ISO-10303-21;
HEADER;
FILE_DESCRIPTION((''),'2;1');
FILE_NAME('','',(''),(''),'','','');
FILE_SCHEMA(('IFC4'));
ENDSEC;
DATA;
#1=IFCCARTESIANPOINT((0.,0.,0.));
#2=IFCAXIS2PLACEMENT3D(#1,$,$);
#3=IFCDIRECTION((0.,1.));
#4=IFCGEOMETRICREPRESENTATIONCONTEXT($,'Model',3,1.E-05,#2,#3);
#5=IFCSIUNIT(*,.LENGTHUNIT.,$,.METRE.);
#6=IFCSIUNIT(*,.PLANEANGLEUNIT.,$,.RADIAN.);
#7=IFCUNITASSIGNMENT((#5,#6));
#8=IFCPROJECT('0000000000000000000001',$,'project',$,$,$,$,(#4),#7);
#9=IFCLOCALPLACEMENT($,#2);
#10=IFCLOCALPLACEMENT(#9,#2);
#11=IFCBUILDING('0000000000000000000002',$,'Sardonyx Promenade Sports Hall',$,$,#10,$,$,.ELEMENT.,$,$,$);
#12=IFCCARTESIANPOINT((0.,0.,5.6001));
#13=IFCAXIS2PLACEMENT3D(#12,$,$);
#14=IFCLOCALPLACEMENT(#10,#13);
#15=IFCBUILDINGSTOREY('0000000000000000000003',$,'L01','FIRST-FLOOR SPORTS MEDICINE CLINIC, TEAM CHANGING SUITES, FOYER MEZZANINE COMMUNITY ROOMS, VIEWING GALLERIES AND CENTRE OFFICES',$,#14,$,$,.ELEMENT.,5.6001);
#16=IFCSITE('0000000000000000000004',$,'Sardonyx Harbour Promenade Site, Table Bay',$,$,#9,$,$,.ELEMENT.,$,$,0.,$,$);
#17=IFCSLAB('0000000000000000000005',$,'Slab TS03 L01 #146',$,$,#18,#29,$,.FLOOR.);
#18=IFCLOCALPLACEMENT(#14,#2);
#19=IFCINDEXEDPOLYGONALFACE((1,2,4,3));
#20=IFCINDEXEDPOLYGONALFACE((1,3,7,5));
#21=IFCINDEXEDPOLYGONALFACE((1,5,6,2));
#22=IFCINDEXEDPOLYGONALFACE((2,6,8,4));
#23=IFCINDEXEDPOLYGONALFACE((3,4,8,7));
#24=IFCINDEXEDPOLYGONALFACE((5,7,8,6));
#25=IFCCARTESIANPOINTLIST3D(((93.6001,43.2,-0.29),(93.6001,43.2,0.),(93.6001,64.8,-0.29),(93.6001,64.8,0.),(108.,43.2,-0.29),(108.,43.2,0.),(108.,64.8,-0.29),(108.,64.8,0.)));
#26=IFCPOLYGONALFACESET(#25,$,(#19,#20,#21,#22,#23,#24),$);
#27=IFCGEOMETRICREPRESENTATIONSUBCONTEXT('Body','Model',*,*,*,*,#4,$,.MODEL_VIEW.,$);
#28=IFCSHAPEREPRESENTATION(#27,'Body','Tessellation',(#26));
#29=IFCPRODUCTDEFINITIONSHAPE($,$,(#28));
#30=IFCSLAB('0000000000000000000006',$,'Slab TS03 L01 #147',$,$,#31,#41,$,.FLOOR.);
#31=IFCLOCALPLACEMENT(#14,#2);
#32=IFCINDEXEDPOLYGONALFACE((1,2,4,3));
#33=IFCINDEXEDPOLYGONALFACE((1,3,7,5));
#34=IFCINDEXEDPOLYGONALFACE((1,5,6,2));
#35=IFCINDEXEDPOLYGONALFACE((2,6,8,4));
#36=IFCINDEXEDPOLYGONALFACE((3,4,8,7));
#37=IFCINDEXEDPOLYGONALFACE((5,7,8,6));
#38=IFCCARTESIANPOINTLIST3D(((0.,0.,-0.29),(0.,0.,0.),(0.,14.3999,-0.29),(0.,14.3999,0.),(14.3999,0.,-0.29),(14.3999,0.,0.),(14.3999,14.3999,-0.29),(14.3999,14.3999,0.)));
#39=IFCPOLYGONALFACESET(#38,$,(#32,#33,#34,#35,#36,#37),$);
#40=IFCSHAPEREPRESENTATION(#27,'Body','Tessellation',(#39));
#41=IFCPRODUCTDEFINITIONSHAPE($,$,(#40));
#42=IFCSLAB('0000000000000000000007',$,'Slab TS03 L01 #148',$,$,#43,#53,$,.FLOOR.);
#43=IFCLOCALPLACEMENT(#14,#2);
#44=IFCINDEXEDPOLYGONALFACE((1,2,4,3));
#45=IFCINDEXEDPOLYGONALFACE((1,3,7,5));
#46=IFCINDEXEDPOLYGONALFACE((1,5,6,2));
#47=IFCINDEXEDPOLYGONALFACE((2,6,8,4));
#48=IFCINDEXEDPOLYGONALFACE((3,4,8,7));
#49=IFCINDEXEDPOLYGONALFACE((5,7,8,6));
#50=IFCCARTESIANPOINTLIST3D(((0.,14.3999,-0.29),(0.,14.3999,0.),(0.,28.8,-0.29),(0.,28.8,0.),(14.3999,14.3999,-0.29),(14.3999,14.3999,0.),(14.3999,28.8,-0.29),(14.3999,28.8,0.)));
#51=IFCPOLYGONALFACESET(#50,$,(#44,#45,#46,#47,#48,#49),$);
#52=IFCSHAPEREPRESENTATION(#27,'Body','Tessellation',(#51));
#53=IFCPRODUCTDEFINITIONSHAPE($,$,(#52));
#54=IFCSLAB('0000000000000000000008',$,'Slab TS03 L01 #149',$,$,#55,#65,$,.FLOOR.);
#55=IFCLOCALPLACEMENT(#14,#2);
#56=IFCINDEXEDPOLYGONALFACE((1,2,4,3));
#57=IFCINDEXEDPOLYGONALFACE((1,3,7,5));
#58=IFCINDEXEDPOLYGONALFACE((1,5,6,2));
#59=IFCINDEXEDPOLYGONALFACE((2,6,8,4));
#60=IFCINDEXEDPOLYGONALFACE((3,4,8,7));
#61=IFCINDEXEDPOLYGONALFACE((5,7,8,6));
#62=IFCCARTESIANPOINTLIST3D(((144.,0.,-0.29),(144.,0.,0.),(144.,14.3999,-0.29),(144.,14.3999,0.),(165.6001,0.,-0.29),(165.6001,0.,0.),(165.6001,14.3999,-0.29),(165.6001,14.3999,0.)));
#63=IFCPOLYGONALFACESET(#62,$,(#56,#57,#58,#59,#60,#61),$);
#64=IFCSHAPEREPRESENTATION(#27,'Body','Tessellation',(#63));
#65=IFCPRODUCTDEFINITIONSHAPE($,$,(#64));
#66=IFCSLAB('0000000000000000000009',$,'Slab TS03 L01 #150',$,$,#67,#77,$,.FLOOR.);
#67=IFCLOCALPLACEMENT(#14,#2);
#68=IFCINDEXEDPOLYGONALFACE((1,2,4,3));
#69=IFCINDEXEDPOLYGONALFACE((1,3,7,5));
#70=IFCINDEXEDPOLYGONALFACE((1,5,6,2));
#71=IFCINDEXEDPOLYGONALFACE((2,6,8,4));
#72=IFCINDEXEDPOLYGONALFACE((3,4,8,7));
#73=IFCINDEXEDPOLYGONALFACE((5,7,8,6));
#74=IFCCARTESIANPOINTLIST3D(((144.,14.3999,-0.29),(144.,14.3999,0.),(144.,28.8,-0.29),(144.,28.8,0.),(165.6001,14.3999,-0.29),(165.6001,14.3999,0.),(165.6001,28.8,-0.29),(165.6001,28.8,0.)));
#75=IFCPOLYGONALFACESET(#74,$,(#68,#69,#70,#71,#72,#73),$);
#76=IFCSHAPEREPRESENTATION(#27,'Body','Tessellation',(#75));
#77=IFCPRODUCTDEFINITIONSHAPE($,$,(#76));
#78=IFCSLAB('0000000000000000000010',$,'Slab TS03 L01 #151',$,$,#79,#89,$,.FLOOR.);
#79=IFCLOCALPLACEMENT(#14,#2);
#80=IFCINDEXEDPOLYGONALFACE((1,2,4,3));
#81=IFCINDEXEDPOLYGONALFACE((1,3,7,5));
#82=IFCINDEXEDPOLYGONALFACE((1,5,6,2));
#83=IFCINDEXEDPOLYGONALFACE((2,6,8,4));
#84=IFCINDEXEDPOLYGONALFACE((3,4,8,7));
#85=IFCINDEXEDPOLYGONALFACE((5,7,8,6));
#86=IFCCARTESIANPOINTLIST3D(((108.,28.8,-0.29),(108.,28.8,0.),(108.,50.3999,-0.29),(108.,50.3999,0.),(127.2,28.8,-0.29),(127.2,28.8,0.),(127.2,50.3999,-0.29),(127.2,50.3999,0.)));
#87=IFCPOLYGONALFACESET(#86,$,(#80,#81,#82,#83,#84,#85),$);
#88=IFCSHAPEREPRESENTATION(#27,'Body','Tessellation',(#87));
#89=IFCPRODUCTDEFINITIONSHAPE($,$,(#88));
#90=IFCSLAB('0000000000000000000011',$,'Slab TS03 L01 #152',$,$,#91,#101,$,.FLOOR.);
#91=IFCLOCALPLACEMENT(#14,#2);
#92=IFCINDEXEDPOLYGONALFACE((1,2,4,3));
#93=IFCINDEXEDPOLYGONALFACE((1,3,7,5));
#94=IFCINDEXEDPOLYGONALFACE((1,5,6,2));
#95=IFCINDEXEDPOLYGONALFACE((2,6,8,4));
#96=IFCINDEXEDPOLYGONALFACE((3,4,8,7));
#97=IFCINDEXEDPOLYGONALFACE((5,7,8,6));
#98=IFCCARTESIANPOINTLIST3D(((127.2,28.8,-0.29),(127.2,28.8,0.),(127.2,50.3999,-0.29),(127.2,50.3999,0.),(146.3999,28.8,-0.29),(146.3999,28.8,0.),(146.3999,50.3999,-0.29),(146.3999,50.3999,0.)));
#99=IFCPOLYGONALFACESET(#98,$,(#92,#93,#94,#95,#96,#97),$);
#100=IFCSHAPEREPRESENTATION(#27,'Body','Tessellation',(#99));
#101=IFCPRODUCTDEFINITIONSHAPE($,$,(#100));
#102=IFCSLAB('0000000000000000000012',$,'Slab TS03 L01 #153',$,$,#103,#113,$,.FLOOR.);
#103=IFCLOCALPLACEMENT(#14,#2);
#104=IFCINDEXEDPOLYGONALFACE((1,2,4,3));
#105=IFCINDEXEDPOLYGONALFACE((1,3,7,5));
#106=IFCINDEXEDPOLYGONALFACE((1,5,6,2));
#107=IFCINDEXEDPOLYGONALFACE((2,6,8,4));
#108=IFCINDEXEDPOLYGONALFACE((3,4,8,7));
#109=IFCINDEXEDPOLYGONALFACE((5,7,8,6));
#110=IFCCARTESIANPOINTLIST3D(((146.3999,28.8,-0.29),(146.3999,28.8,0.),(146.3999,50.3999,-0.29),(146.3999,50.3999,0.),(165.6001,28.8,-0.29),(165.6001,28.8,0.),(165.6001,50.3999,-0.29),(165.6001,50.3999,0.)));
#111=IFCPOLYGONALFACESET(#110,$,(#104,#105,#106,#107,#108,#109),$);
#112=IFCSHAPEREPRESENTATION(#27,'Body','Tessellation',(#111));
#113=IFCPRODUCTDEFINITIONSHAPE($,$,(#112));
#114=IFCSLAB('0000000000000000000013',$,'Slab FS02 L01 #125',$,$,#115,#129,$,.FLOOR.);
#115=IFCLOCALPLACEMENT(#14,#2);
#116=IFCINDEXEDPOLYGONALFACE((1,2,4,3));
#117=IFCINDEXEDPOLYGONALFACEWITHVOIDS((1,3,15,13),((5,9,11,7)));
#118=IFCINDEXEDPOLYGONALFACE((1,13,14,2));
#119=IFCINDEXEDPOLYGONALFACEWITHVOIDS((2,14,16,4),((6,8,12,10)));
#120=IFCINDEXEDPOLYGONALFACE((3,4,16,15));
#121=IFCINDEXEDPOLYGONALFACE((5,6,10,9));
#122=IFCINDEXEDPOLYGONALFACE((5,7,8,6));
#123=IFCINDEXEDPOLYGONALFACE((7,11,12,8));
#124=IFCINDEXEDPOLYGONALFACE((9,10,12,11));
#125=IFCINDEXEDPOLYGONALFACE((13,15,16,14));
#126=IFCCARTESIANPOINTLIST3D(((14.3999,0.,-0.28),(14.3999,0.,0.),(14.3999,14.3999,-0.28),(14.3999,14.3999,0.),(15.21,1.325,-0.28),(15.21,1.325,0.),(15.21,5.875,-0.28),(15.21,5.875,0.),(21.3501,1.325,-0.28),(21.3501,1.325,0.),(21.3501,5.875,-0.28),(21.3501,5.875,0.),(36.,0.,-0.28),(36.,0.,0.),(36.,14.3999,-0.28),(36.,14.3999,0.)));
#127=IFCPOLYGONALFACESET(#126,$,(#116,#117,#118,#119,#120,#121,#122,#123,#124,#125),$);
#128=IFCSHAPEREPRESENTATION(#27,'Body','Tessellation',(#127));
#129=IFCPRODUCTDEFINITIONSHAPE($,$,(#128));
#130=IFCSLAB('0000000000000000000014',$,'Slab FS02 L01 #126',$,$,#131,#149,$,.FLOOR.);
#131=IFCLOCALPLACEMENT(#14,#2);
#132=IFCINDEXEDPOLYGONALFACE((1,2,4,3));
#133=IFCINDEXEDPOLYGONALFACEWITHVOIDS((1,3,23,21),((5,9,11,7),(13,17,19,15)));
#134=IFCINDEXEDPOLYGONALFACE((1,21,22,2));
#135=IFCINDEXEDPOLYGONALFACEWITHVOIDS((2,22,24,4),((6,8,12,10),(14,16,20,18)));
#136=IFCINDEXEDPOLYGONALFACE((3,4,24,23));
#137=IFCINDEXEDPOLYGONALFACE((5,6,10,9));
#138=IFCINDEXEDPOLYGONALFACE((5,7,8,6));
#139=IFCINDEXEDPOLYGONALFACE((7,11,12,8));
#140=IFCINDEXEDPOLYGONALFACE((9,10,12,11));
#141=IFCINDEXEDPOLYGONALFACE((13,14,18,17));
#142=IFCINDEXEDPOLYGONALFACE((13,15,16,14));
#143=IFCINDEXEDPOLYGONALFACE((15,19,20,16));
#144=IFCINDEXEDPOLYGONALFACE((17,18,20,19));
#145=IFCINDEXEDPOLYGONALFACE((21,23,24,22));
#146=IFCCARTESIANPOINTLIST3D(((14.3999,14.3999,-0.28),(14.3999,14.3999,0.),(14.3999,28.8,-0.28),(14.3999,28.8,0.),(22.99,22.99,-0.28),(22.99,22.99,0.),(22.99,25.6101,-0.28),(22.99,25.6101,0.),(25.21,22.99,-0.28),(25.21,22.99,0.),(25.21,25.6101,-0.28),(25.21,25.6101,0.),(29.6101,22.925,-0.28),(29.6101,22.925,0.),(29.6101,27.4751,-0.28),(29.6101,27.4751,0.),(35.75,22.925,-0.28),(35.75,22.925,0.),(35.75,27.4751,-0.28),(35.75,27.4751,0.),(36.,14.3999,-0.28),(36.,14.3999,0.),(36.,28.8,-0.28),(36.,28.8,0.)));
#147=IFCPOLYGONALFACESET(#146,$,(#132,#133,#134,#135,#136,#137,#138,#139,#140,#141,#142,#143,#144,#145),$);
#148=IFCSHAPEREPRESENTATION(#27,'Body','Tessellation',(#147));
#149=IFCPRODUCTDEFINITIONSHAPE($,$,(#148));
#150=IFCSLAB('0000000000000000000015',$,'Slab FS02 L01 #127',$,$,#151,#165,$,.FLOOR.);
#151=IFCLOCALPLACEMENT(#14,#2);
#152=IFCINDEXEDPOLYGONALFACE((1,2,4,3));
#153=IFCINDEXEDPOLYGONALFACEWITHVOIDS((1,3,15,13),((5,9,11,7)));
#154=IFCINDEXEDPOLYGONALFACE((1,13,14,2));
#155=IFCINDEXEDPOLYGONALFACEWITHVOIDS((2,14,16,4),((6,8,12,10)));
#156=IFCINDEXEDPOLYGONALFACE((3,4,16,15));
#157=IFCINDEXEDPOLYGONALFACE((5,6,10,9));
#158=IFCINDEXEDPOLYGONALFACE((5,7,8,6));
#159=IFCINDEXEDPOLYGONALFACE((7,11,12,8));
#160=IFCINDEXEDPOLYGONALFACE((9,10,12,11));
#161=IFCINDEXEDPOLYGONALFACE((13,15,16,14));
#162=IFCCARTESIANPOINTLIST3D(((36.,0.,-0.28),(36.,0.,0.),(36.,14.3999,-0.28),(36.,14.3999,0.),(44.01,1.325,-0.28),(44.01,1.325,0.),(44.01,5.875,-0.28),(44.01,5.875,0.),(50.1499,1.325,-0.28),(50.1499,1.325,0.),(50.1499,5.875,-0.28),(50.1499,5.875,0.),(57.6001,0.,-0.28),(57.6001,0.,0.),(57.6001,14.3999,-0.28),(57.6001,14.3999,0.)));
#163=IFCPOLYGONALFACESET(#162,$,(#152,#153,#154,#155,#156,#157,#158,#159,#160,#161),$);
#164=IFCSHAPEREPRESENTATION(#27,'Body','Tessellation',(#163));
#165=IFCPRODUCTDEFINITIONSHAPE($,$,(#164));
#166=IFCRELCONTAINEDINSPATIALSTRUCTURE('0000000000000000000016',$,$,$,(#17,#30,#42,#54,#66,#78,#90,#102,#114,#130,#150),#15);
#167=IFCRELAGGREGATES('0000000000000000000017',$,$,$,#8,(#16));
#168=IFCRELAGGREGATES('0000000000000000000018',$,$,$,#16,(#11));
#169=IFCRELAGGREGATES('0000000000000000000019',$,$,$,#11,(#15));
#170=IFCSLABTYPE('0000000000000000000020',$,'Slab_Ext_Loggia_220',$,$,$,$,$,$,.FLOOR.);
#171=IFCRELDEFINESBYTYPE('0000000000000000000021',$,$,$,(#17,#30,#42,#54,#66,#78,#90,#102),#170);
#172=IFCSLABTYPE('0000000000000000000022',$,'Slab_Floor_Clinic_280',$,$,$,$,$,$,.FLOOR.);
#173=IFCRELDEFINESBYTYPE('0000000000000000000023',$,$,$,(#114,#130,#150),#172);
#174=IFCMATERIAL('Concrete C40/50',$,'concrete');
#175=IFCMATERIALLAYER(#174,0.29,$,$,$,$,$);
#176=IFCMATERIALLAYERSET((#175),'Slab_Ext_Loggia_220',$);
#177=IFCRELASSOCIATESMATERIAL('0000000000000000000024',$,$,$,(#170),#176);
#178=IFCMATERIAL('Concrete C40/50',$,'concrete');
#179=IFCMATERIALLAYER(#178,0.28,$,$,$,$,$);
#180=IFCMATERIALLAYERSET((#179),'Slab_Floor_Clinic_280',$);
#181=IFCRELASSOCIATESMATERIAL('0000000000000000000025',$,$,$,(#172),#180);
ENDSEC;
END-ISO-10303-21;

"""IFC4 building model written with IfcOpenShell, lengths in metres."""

from ifc_helpers import new_model, si_unit, direction, frame, origin, place, context, subcontext, project, spatial, polyline, outline, extrude, material, layer, layer_set, type_object, element, save


model = new_model("IFC4")

# Units and contexts
model_context = context("Model", 3, precision=1e-05, world=origin(), true_north=direction((0.0, 1.0)))
body_context = subcontext(model_context, "Body", "Model", "MODEL_VIEW")
ifc_project = project(units=[si_unit("LENGTHUNIT", "METRE"), si_unit("PLANEANGLEUNIT", "RADIAN")], contexts=[model_context])

# Site, building, storey
site_placement = place(None, origin())
site = spatial("IfcSite", under=ifc_project, at=site_placement, Name="Sardonyx Harbour Promenade Site, Table Bay", CompositionType="ELEMENT", RefElevation=0.0)
building_placement = place(site_placement, origin())
building = spatial("IfcBuilding", under=site, at=building_placement, Name="Sardonyx Promenade Sports Hall", CompositionType="ELEMENT")
storey_placement = place(building_placement, frame((0.0, 0.0, 5.6001)))
storey = spatial("IfcBuildingStorey", under=building, at=storey_placement, Name="L01", Description="FIRST-FLOOR SPORTS MEDICINE CLINIC, TEAM CHANGING SUITES, FOYER MEZZANINE COMMUNITY ROOMS, VIEWING GALLERIES AND CENTRE OFFICES", CompositionType="ELEMENT", Elevation=5.6001)

# Slabs
ifc_material_1 = material(Name="Concrete C40/50", Category="concrete")
ifc_layer_1 = layer(ifc_material_1, 0.29)
ifc_layer_set_1 = layer_set([ifc_layer_1], Name="Slab_Ext_Loggia_220")
slab_type_1 = type_object("IfcSlabType", Name="Slab_Ext_Loggia_220", PredefinedType="FLOOR", material=ifc_layer_set_1)
slab_1_placement = place(storey_placement, frame((0.0, 0.0, -0.29)))
element("IfcSlab", 1, at=slab_1_placement, inside=storey, type_object=slab_type_1, Name="Slab TS03 L01 #146", PredefinedType="FLOOR", context=body_context, shape_type="SweptSolid", body=[
    extrude(outline(polyline([(93.6001, 43.2), (108.0, 43.2), (108.0, 64.8), (93.6001, 64.8), (93.6001, 43.2)])), origin(), (0.0, 0.0, 1.0), 0.29),
])
slab_2_placement = place(storey_placement, frame((0.0, 0.0, -0.29)))
element("IfcSlab", 2, at=slab_2_placement, inside=storey, type_object=slab_type_1, Name="Slab TS03 L01 #147", PredefinedType="FLOOR", context=body_context, shape_type="SweptSolid", body=[
    extrude(outline(polyline([(0.0, 0.0), (14.3999, 0.0), (14.3999, 14.3999), (0.0, 14.3999), (0.0, 0.0)])), origin(), (0.0, 0.0, 1.0), 0.29),
])
slab_3_placement = place(storey_placement, frame((0.0, 0.0, -0.29)))
element("IfcSlab", 3, at=slab_3_placement, inside=storey, type_object=slab_type_1, Name="Slab TS03 L01 #148", PredefinedType="FLOOR", context=body_context, shape_type="SweptSolid", body=[
    extrude(outline(polyline([(0.0, 14.3999), (14.3999, 14.3999), (14.3999, 28.8), (0.0, 28.8), (0.0, 14.3999)])), origin(), (0.0, 0.0, 1.0), 0.29),
])
slab_4_placement = place(storey_placement, frame((0.0, 0.0, -0.29)))
element("IfcSlab", 4, at=slab_4_placement, inside=storey, type_object=slab_type_1, Name="Slab TS03 L01 #149", PredefinedType="FLOOR", context=body_context, shape_type="SweptSolid", body=[
    extrude(outline(polyline([(144.0, 0.0), (165.6001, 0.0), (165.6001, 14.3999), (144.0, 14.3999), (144.0, 0.0)])), origin(), (0.0, 0.0, 1.0), 0.29),
])
slab_5_placement = place(storey_placement, frame((0.0, 0.0, -0.29)))
element("IfcSlab", 5, at=slab_5_placement, inside=storey, type_object=slab_type_1, Name="Slab TS03 L01 #150", PredefinedType="FLOOR", context=body_context, shape_type="SweptSolid", body=[
    extrude(outline(polyline([(144.0, 14.3999), (165.6001, 14.3999), (165.6001, 28.8), (144.0, 28.8), (144.0, 14.3999)])), origin(), (0.0, 0.0, 1.0), 0.29),
])
slab_6_placement = place(storey_placement, frame((0.0, 0.0, -0.29)))
element("IfcSlab", 6, at=slab_6_placement, inside=storey, type_object=slab_type_1, Name="Slab TS03 L01 #151", PredefinedType="FLOOR", context=body_context, shape_type="SweptSolid", body=[
    extrude(outline(polyline([(108.0, 28.8), (127.2, 28.8), (127.2, 50.3999), (108.0, 50.3999), (108.0, 28.8)])), origin(), (0.0, 0.0, 1.0), 0.29),
])
slab_7_placement = place(storey_placement, frame((0.0, 0.0, -0.29)))
element("IfcSlab", 7, at=slab_7_placement, inside=storey, type_object=slab_type_1, Name="Slab TS03 L01 #152", PredefinedType="FLOOR", context=body_context, shape_type="SweptSolid", body=[
    extrude(outline(polyline([(127.2, 28.8), (146.3999, 28.8), (146.3999, 50.3999), (127.2, 50.3999), (127.2, 28.8)])), origin(), (0.0, 0.0, 1.0), 0.29),
])
slab_8_placement = place(storey_placement, frame((0.0, 0.0, -0.29)))
element("IfcSlab", 8, at=slab_8_placement, inside=storey, type_object=slab_type_1, Name="Slab TS03 L01 #153", PredefinedType="FLOOR", context=body_context, shape_type="SweptSolid", body=[
    extrude(outline(polyline([(146.3999, 28.8), (165.6001, 28.8), (165.6001, 50.3999), (146.3999, 50.3999), (146.3999, 28.8)])), origin(), (0.0, 0.0, 1.0), 0.29),
])
ifc_material_2 = material(Name="Concrete C40/50", Category="concrete")
ifc_layer_2 = layer(ifc_material_2, 0.28)
ifc_layer_set_2 = layer_set([ifc_layer_2], Name="Slab_Floor_Clinic_280")
slab_type_2 = type_object("IfcSlabType", Name="Slab_Floor_Clinic_280", PredefinedType="FLOOR", material=ifc_layer_set_2)
slab_9_placement = place(storey_placement, frame((0.0, 0.0, -0.28)))
element("IfcSlab", 9, at=slab_9_placement, inside=storey, type_object=slab_type_2, Name="Slab FS02 L01 #125", PredefinedType="FLOOR", context=body_context, shape_type="SweptSolid", body=[
    extrude(outline(polyline([(14.3999, 14.3999), (14.3999, 0.0), (36.0, 0.0), (36.0, 14.3999), (14.3999, 14.3999)]), holes=[polyline([(15.21, 5.875), (21.3501, 5.875), (21.3501, 1.325), (15.21, 1.325), (15.21, 5.875)])]), origin(), (0.0, 0.0, 1.0), 0.28),
])
slab_10_placement = place(storey_placement, frame((0.0, 0.0, -0.28)))
element("IfcSlab", 10, at=slab_10_placement, inside=storey, type_object=slab_type_2, Name="Slab FS02 L01 #126", PredefinedType="FLOOR", context=body_context, shape_type="SweptSolid", body=[
    extrude(outline(polyline([(14.3999, 28.8), (14.3999, 14.3999), (36.0, 14.3999), (36.0, 28.8), (14.3999, 28.8)]), holes=[polyline([(35.75, 27.4751), (35.75, 22.925), (29.6101, 22.925), (29.6101, 27.4751), (35.75, 27.4751)]), polyline([(25.21, 25.6101), (25.21, 22.99), (22.99, 22.99), (22.99, 25.6101), (25.21, 25.6101)])]), origin(), (0.0, 0.0, 1.0), 0.28),
])
slab_11_placement = place(storey_placement, frame((0.0, 0.0, -0.28)))
element("IfcSlab", 11, at=slab_11_placement, inside=storey, type_object=slab_type_2, Name="Slab FS02 L01 #127", PredefinedType="FLOOR", context=body_context, shape_type="SweptSolid", body=[
    extrude(outline(polyline([(36.0, 14.3999), (36.0, 0.0), (57.6001, 0.0), (57.6001, 14.3999), (36.0, 14.3999)]), holes=[polyline([(50.1499, 5.875), (50.1499, 1.325), (44.01, 1.325), (44.01, 5.875), (50.1499, 5.875)])]), origin(), (0.0, 0.0, 1.0), 0.28),
])

save(model, "model.ifc")
